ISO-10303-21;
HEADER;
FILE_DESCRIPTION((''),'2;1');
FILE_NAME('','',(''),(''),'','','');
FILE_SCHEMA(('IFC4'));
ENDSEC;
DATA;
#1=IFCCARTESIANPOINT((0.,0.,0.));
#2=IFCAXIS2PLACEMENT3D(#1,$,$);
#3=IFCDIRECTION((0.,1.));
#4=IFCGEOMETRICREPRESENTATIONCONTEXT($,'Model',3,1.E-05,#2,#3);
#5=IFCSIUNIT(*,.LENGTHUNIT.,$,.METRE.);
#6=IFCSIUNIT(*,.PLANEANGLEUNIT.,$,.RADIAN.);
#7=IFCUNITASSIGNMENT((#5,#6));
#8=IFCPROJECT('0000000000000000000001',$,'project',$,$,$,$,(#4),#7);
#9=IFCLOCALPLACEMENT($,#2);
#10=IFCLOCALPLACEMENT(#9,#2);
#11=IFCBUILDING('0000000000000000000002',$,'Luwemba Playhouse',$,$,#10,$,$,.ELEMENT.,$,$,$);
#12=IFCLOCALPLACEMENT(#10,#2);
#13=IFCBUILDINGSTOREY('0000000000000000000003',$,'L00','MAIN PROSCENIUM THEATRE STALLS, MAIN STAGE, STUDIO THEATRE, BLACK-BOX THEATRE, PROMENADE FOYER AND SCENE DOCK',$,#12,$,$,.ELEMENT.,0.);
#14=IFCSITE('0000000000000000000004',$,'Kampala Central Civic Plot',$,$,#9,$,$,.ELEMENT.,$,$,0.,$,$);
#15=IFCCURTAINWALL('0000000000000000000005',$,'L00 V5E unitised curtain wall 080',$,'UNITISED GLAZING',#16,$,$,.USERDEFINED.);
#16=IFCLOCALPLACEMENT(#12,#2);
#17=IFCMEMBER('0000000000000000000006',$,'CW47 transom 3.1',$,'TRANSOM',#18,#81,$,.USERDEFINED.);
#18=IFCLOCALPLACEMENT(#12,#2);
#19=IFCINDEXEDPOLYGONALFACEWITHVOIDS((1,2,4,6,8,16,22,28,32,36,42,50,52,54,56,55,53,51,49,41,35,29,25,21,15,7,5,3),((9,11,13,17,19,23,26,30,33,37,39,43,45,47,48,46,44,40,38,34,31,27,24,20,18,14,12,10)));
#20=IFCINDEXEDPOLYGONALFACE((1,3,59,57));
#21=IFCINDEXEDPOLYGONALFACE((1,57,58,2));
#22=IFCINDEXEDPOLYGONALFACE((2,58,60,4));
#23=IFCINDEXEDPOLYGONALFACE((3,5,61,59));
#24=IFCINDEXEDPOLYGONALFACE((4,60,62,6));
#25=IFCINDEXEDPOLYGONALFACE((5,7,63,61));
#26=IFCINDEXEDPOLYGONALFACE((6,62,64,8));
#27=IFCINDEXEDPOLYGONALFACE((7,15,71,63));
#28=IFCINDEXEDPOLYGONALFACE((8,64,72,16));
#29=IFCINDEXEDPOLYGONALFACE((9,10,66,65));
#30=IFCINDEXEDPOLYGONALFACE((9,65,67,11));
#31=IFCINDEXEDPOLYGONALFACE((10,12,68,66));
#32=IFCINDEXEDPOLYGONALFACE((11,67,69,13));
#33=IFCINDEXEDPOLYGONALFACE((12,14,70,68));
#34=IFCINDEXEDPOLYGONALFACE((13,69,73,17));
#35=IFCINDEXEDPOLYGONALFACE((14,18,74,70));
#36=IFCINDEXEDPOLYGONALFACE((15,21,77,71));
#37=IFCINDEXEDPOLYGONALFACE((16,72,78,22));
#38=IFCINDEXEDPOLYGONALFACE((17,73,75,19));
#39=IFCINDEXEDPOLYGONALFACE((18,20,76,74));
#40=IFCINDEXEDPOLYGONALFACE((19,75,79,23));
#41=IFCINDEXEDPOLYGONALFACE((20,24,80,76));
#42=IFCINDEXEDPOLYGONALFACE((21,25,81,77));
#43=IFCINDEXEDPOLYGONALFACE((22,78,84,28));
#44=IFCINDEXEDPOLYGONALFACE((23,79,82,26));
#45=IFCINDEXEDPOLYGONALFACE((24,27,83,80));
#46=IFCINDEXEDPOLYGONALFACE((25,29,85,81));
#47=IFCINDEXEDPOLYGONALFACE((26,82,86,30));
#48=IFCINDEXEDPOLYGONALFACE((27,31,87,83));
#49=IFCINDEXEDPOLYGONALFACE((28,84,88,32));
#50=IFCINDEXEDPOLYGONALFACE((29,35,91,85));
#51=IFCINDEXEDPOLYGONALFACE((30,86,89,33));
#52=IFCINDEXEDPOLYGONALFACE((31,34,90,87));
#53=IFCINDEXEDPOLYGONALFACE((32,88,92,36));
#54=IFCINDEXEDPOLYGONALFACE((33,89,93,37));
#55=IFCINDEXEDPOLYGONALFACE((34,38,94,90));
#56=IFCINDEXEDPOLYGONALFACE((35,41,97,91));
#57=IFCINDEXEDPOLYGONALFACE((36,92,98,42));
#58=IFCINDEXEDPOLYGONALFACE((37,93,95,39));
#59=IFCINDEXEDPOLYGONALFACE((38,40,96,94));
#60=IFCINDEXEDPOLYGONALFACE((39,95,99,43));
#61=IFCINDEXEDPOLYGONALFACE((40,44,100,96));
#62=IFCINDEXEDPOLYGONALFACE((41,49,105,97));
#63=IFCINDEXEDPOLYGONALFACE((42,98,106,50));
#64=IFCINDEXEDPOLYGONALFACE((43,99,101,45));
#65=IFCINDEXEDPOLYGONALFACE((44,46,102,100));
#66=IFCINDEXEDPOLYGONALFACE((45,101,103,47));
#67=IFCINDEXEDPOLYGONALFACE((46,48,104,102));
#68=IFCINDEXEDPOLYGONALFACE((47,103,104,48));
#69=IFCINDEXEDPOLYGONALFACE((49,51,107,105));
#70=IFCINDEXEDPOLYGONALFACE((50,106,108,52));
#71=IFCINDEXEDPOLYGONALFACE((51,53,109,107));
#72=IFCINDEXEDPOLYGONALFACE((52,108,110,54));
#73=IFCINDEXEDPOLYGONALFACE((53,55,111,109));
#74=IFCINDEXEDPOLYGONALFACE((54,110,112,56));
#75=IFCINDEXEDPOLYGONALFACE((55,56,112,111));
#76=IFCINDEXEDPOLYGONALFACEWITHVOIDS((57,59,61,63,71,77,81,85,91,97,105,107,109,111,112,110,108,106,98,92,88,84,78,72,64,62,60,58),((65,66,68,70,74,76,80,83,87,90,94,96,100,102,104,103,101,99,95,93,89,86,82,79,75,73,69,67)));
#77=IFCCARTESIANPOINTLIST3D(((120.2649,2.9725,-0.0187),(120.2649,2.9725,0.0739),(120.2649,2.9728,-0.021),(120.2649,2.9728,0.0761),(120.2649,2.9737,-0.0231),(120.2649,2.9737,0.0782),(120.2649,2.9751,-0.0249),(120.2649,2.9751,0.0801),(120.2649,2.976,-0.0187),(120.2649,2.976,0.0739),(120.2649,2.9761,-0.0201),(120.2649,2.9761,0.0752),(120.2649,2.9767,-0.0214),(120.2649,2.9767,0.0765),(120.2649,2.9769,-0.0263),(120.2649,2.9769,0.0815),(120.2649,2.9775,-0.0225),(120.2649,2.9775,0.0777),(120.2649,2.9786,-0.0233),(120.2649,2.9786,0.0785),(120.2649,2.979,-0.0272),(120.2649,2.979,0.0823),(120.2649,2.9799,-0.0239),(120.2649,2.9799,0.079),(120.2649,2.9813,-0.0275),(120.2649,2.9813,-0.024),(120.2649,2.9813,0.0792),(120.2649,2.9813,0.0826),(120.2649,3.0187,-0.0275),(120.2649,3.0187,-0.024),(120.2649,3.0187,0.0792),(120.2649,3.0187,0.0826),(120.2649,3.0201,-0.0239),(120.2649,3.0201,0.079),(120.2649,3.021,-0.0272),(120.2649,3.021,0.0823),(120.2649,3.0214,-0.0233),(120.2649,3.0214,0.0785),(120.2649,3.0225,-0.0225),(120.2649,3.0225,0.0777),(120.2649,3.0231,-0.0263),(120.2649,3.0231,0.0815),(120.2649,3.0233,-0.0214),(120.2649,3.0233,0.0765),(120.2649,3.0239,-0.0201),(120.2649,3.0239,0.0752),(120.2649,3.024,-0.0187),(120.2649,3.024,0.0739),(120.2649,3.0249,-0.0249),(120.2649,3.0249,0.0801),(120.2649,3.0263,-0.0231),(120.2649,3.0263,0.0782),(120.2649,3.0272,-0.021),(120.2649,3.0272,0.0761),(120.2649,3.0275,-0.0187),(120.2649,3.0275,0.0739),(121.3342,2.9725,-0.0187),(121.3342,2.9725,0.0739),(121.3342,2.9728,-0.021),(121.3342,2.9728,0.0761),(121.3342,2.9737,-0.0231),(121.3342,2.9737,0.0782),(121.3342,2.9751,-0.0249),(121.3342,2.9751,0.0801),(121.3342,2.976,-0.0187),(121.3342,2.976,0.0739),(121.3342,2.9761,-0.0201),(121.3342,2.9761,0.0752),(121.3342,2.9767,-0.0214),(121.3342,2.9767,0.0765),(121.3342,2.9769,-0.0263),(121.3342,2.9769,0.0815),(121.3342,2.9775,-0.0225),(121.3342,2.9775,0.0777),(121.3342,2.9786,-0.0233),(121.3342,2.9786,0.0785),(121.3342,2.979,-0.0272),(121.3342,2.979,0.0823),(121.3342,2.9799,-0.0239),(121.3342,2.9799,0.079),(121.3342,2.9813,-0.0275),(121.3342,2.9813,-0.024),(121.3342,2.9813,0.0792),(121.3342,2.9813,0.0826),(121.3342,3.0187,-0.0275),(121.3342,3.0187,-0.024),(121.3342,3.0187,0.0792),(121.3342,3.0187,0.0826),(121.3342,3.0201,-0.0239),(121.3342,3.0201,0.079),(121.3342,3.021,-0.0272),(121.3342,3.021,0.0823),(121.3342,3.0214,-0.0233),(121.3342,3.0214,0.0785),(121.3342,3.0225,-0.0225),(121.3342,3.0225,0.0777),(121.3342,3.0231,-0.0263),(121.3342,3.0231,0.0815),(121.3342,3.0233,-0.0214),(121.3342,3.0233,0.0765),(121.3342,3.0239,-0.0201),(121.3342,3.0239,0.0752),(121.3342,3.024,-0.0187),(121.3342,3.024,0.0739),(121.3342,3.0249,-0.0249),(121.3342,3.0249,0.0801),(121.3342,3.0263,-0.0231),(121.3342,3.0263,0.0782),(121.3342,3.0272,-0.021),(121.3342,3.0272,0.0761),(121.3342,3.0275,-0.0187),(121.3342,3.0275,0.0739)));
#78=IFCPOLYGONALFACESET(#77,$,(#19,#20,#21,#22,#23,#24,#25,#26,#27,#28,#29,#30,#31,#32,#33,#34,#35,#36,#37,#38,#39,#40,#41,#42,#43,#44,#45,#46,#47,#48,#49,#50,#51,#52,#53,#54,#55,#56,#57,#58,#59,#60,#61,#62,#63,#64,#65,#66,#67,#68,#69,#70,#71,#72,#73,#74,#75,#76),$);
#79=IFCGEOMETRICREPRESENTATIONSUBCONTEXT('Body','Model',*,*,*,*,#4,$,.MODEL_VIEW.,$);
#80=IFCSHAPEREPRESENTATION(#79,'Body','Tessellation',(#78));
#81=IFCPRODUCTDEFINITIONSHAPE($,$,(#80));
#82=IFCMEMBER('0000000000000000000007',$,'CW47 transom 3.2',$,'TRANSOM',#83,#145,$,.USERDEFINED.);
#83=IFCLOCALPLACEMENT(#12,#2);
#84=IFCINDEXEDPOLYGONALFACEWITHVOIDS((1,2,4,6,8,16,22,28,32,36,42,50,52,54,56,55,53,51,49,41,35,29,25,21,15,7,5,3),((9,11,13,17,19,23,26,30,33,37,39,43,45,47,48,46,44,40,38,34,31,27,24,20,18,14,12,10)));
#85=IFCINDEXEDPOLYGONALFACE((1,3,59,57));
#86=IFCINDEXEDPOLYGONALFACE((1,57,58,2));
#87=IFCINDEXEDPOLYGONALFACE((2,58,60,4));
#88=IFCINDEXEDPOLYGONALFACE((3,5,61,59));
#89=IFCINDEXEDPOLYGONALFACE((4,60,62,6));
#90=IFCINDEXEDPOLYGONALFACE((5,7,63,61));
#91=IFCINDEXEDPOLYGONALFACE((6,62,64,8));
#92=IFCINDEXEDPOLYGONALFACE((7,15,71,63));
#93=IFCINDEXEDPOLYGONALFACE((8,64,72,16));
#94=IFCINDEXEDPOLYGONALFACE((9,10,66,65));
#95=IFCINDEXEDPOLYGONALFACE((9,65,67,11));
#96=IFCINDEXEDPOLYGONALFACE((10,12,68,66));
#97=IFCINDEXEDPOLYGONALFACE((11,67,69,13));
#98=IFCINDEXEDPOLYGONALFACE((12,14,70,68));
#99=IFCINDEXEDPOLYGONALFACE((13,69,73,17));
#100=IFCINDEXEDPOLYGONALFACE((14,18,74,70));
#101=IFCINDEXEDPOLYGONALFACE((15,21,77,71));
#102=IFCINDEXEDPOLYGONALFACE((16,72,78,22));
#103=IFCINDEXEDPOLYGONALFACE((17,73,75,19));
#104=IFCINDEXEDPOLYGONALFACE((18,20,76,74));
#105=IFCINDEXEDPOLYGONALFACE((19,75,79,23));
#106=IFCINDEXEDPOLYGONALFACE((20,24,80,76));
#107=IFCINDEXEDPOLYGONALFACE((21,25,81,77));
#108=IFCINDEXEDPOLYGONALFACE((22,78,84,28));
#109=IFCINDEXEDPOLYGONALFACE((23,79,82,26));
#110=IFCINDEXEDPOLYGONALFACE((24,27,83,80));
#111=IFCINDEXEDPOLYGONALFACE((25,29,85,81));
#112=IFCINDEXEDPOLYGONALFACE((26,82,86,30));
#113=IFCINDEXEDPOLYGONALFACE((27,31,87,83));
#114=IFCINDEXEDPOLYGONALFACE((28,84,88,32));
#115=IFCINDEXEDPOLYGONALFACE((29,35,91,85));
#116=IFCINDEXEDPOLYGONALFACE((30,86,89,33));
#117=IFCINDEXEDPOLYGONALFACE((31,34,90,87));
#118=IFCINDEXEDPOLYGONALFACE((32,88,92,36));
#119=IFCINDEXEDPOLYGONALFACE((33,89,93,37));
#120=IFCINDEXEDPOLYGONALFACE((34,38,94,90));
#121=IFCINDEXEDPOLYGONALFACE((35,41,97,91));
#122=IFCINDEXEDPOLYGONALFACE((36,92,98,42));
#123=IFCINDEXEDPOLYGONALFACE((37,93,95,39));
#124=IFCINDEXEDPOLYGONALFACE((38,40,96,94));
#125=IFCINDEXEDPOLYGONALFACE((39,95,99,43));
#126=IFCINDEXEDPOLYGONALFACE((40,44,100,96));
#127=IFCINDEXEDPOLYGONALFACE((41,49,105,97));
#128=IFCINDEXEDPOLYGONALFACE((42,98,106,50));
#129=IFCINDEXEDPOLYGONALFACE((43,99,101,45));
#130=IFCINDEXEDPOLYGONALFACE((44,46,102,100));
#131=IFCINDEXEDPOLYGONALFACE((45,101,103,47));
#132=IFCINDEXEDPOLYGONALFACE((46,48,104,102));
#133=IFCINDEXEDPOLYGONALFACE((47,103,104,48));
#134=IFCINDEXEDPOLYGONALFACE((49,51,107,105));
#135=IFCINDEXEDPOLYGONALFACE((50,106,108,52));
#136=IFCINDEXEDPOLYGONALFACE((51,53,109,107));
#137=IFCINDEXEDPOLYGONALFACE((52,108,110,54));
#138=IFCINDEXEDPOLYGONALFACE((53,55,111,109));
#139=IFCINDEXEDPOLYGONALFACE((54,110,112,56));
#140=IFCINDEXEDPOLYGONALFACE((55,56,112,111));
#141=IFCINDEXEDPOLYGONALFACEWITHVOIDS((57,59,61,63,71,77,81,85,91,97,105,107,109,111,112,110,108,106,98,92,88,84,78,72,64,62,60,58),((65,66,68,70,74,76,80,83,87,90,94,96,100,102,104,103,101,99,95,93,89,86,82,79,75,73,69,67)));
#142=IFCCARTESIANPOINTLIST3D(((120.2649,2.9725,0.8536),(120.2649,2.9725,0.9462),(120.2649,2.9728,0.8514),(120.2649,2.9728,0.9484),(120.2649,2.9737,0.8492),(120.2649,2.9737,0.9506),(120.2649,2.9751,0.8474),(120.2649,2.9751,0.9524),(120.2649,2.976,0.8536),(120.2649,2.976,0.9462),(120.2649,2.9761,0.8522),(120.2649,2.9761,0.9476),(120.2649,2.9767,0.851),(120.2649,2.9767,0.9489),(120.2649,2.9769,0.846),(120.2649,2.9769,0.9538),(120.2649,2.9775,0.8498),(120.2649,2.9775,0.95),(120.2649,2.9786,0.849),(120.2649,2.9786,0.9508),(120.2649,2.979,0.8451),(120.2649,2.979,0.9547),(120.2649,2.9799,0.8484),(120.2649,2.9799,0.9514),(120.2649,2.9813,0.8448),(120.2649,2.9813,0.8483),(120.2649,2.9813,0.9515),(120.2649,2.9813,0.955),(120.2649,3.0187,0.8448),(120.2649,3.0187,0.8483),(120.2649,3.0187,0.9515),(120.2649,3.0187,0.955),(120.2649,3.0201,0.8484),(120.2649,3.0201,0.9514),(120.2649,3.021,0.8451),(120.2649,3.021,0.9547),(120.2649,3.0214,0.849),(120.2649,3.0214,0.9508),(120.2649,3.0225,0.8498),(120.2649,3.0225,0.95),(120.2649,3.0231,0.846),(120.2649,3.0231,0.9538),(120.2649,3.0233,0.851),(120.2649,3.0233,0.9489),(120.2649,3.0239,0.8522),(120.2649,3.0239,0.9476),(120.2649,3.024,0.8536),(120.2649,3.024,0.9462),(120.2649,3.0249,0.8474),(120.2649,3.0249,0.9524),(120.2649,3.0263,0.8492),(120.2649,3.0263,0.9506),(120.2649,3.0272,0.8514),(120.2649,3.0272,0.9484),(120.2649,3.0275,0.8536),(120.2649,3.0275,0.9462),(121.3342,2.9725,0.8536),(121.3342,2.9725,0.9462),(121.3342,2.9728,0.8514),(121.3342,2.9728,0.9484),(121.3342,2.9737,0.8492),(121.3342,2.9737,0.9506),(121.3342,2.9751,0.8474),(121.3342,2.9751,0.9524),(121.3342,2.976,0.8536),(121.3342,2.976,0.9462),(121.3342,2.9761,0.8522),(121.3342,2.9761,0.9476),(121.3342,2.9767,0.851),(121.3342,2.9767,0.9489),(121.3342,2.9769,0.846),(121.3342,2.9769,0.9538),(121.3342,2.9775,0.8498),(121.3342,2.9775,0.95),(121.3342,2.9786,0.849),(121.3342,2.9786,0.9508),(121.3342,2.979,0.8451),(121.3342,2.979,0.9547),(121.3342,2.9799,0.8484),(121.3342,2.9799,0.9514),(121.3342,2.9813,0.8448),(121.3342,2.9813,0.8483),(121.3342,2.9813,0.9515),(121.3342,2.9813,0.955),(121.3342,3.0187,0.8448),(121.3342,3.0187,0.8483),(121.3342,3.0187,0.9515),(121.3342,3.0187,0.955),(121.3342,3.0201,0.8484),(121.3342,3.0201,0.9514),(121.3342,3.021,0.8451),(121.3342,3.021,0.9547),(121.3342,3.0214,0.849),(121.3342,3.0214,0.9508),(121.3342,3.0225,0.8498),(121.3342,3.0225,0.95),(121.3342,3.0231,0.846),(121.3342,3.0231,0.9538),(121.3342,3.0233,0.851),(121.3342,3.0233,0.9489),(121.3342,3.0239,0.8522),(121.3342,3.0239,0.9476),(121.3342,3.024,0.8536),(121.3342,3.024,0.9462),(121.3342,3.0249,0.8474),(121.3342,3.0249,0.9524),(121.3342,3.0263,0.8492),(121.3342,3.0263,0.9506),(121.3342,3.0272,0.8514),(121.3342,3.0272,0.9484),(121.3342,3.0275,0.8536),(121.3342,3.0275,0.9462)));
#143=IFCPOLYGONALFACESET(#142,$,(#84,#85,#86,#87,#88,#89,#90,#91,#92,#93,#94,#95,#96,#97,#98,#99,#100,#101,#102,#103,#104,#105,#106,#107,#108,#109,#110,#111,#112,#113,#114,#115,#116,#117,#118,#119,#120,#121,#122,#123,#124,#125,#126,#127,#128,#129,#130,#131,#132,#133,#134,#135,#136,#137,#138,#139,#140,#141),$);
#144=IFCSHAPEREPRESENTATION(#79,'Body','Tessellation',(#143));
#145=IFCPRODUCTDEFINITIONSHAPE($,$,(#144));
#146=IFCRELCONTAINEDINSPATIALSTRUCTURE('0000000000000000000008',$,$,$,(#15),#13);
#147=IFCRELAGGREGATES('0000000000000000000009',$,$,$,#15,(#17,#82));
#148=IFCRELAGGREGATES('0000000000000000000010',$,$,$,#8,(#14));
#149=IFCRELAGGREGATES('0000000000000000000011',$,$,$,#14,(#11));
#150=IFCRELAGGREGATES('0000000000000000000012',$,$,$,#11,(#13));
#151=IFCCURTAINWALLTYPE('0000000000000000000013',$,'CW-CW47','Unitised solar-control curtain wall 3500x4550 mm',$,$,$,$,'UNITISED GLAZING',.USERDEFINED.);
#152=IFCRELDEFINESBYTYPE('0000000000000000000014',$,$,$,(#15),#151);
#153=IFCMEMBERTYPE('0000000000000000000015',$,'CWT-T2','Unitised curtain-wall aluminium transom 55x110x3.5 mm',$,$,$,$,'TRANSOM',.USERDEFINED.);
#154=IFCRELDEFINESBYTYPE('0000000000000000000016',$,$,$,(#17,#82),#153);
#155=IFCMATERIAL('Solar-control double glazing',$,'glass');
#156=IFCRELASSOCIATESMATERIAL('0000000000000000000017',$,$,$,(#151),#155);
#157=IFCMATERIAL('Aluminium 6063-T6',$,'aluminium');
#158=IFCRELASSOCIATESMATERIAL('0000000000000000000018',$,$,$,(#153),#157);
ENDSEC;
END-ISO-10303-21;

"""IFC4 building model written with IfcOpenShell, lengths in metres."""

from ifc_helpers import new_model, si_unit, direction, frame, origin, origin_2d, place, context, subcontext, project, spatial, hollow_rectangle, extrude, material, material_profile, profile_set, type_object, element, aggregate, save


model = new_model("IFC4")

# Units and contexts
model_context = context("Model", 3, precision=1e-05, world=origin(), true_north=direction((0.0, 1.0)))
body_context = subcontext(model_context, "Body", "Model", "MODEL_VIEW")
ifc_project = project(units=[si_unit("LENGTHUNIT", "METRE"), si_unit("PLANEANGLEUNIT", "RADIAN")], contexts=[model_context])

# Site, building, storey
site_placement = place(None, origin())
site = spatial("IfcSite", under=ifc_project, at=site_placement, Name="Kampala Central Civic Plot", CompositionType="ELEMENT", RefElevation=0.0)
building_placement = place(site_placement, origin())
building = spatial("IfcBuilding", under=site, at=building_placement, Name="Luwemba Playhouse", CompositionType="ELEMENT")
storey_placement = place(building_placement, origin())
storey = spatial("IfcBuildingStorey", under=building, at=storey_placement, Name="L00", Description="MAIN PROSCENIUM THEATRE STALLS, MAIN STAGE, STUDIO THEATRE, BLACK-BOX THEATRE, PROMENADE FOYER AND SCENE DOCK", CompositionType="ELEMENT", Elevation=0.0)

# Curtain wall
ifc_material_1 = material(Name="Solar-control double glazing", Category="glass")
curtain_wall_type_1 = type_object("IfcCurtainWallType", Name="CW-CW47", Description="Unitised solar-control curtain wall 3500x4550 mm", ElementType="UNITISED GLAZING", PredefinedType="USERDEFINED", material=ifc_material_1)
curtain_wall_1_placement = place(storey_placement, origin())
curtain_wall_1 = element("IfcCurtainWall", 1, at=curtain_wall_1_placement, inside=storey, type_object=curtain_wall_type_1, Name="L00 V5E unitised curtain wall 080", ObjectType="UNITISED GLAZING", PredefinedType="USERDEFINED")
ifc_material_2 = material(Name="Aluminium 6063-T6", Category="aluminium")

# Members
ifc_material_profile_1 = material_profile(ifc_material_2, hollow_rectangle(XDim=0.0549, YDim=0.1101, WallThickness=0.0034, InnerFilletRadius=0.0054, OuterFilletRadius=0.0088, at=origin_2d()))
ifc_profile_set_1 = profile_set([ifc_material_profile_1], Name="Aluminium 6063-T6")
member_type_1 = type_object("IfcMemberType", Name="CWT-T2", Description="Unitised curtain-wall aluminium transom 55x110x3.5 mm", ElementType="TRANSOM", PredefinedType="USERDEFINED", material=ifc_profile_set_1)
member_1_placement = place(storey_placement, frame((121.3342, 3.0, 0.0276), z_axis=(-1.0, 0.0, 0.0), x_axis=(0.0, -1.0, 0.0)))
member_1 = element("IfcMember", 2, at=member_1_placement, type_object=member_type_1, Name="CW47 transom 3.1", ObjectType="TRANSOM", PredefinedType="USERDEFINED", context=body_context, shape_type="SweptSolid", body=[
    extrude(hollow_rectangle(XDim=0.0549, YDim=0.1101, WallThickness=0.0034, InnerFilletRadius=0.0054, OuterFilletRadius=0.0088, at=origin_2d()), origin(), (0.0, 0.0, 1.0), 1.0693),
])
member_2_placement = place(storey_placement, frame((121.3342, 3.0, 0.8999), z_axis=(-1.0, 0.0, 0.0), x_axis=(0.0, -1.0, 0.0)))
member_2 = element("IfcMember", 3, at=member_2_placement, type_object=member_type_1, Name="CW47 transom 3.2", ObjectType="TRANSOM", PredefinedType="USERDEFINED", context=body_context, shape_type="SweptSolid", body=[
    extrude(hollow_rectangle(XDim=0.0549, YDim=0.1101, WallThickness=0.0034, InnerFilletRadius=0.0054, OuterFilletRadius=0.0088, at=origin_2d()), origin(), (0.0, 0.0, 1.0), 1.0693),
])

aggregate(curtain_wall_1, [member_1, member_2])

save(model, "model.ifc")
